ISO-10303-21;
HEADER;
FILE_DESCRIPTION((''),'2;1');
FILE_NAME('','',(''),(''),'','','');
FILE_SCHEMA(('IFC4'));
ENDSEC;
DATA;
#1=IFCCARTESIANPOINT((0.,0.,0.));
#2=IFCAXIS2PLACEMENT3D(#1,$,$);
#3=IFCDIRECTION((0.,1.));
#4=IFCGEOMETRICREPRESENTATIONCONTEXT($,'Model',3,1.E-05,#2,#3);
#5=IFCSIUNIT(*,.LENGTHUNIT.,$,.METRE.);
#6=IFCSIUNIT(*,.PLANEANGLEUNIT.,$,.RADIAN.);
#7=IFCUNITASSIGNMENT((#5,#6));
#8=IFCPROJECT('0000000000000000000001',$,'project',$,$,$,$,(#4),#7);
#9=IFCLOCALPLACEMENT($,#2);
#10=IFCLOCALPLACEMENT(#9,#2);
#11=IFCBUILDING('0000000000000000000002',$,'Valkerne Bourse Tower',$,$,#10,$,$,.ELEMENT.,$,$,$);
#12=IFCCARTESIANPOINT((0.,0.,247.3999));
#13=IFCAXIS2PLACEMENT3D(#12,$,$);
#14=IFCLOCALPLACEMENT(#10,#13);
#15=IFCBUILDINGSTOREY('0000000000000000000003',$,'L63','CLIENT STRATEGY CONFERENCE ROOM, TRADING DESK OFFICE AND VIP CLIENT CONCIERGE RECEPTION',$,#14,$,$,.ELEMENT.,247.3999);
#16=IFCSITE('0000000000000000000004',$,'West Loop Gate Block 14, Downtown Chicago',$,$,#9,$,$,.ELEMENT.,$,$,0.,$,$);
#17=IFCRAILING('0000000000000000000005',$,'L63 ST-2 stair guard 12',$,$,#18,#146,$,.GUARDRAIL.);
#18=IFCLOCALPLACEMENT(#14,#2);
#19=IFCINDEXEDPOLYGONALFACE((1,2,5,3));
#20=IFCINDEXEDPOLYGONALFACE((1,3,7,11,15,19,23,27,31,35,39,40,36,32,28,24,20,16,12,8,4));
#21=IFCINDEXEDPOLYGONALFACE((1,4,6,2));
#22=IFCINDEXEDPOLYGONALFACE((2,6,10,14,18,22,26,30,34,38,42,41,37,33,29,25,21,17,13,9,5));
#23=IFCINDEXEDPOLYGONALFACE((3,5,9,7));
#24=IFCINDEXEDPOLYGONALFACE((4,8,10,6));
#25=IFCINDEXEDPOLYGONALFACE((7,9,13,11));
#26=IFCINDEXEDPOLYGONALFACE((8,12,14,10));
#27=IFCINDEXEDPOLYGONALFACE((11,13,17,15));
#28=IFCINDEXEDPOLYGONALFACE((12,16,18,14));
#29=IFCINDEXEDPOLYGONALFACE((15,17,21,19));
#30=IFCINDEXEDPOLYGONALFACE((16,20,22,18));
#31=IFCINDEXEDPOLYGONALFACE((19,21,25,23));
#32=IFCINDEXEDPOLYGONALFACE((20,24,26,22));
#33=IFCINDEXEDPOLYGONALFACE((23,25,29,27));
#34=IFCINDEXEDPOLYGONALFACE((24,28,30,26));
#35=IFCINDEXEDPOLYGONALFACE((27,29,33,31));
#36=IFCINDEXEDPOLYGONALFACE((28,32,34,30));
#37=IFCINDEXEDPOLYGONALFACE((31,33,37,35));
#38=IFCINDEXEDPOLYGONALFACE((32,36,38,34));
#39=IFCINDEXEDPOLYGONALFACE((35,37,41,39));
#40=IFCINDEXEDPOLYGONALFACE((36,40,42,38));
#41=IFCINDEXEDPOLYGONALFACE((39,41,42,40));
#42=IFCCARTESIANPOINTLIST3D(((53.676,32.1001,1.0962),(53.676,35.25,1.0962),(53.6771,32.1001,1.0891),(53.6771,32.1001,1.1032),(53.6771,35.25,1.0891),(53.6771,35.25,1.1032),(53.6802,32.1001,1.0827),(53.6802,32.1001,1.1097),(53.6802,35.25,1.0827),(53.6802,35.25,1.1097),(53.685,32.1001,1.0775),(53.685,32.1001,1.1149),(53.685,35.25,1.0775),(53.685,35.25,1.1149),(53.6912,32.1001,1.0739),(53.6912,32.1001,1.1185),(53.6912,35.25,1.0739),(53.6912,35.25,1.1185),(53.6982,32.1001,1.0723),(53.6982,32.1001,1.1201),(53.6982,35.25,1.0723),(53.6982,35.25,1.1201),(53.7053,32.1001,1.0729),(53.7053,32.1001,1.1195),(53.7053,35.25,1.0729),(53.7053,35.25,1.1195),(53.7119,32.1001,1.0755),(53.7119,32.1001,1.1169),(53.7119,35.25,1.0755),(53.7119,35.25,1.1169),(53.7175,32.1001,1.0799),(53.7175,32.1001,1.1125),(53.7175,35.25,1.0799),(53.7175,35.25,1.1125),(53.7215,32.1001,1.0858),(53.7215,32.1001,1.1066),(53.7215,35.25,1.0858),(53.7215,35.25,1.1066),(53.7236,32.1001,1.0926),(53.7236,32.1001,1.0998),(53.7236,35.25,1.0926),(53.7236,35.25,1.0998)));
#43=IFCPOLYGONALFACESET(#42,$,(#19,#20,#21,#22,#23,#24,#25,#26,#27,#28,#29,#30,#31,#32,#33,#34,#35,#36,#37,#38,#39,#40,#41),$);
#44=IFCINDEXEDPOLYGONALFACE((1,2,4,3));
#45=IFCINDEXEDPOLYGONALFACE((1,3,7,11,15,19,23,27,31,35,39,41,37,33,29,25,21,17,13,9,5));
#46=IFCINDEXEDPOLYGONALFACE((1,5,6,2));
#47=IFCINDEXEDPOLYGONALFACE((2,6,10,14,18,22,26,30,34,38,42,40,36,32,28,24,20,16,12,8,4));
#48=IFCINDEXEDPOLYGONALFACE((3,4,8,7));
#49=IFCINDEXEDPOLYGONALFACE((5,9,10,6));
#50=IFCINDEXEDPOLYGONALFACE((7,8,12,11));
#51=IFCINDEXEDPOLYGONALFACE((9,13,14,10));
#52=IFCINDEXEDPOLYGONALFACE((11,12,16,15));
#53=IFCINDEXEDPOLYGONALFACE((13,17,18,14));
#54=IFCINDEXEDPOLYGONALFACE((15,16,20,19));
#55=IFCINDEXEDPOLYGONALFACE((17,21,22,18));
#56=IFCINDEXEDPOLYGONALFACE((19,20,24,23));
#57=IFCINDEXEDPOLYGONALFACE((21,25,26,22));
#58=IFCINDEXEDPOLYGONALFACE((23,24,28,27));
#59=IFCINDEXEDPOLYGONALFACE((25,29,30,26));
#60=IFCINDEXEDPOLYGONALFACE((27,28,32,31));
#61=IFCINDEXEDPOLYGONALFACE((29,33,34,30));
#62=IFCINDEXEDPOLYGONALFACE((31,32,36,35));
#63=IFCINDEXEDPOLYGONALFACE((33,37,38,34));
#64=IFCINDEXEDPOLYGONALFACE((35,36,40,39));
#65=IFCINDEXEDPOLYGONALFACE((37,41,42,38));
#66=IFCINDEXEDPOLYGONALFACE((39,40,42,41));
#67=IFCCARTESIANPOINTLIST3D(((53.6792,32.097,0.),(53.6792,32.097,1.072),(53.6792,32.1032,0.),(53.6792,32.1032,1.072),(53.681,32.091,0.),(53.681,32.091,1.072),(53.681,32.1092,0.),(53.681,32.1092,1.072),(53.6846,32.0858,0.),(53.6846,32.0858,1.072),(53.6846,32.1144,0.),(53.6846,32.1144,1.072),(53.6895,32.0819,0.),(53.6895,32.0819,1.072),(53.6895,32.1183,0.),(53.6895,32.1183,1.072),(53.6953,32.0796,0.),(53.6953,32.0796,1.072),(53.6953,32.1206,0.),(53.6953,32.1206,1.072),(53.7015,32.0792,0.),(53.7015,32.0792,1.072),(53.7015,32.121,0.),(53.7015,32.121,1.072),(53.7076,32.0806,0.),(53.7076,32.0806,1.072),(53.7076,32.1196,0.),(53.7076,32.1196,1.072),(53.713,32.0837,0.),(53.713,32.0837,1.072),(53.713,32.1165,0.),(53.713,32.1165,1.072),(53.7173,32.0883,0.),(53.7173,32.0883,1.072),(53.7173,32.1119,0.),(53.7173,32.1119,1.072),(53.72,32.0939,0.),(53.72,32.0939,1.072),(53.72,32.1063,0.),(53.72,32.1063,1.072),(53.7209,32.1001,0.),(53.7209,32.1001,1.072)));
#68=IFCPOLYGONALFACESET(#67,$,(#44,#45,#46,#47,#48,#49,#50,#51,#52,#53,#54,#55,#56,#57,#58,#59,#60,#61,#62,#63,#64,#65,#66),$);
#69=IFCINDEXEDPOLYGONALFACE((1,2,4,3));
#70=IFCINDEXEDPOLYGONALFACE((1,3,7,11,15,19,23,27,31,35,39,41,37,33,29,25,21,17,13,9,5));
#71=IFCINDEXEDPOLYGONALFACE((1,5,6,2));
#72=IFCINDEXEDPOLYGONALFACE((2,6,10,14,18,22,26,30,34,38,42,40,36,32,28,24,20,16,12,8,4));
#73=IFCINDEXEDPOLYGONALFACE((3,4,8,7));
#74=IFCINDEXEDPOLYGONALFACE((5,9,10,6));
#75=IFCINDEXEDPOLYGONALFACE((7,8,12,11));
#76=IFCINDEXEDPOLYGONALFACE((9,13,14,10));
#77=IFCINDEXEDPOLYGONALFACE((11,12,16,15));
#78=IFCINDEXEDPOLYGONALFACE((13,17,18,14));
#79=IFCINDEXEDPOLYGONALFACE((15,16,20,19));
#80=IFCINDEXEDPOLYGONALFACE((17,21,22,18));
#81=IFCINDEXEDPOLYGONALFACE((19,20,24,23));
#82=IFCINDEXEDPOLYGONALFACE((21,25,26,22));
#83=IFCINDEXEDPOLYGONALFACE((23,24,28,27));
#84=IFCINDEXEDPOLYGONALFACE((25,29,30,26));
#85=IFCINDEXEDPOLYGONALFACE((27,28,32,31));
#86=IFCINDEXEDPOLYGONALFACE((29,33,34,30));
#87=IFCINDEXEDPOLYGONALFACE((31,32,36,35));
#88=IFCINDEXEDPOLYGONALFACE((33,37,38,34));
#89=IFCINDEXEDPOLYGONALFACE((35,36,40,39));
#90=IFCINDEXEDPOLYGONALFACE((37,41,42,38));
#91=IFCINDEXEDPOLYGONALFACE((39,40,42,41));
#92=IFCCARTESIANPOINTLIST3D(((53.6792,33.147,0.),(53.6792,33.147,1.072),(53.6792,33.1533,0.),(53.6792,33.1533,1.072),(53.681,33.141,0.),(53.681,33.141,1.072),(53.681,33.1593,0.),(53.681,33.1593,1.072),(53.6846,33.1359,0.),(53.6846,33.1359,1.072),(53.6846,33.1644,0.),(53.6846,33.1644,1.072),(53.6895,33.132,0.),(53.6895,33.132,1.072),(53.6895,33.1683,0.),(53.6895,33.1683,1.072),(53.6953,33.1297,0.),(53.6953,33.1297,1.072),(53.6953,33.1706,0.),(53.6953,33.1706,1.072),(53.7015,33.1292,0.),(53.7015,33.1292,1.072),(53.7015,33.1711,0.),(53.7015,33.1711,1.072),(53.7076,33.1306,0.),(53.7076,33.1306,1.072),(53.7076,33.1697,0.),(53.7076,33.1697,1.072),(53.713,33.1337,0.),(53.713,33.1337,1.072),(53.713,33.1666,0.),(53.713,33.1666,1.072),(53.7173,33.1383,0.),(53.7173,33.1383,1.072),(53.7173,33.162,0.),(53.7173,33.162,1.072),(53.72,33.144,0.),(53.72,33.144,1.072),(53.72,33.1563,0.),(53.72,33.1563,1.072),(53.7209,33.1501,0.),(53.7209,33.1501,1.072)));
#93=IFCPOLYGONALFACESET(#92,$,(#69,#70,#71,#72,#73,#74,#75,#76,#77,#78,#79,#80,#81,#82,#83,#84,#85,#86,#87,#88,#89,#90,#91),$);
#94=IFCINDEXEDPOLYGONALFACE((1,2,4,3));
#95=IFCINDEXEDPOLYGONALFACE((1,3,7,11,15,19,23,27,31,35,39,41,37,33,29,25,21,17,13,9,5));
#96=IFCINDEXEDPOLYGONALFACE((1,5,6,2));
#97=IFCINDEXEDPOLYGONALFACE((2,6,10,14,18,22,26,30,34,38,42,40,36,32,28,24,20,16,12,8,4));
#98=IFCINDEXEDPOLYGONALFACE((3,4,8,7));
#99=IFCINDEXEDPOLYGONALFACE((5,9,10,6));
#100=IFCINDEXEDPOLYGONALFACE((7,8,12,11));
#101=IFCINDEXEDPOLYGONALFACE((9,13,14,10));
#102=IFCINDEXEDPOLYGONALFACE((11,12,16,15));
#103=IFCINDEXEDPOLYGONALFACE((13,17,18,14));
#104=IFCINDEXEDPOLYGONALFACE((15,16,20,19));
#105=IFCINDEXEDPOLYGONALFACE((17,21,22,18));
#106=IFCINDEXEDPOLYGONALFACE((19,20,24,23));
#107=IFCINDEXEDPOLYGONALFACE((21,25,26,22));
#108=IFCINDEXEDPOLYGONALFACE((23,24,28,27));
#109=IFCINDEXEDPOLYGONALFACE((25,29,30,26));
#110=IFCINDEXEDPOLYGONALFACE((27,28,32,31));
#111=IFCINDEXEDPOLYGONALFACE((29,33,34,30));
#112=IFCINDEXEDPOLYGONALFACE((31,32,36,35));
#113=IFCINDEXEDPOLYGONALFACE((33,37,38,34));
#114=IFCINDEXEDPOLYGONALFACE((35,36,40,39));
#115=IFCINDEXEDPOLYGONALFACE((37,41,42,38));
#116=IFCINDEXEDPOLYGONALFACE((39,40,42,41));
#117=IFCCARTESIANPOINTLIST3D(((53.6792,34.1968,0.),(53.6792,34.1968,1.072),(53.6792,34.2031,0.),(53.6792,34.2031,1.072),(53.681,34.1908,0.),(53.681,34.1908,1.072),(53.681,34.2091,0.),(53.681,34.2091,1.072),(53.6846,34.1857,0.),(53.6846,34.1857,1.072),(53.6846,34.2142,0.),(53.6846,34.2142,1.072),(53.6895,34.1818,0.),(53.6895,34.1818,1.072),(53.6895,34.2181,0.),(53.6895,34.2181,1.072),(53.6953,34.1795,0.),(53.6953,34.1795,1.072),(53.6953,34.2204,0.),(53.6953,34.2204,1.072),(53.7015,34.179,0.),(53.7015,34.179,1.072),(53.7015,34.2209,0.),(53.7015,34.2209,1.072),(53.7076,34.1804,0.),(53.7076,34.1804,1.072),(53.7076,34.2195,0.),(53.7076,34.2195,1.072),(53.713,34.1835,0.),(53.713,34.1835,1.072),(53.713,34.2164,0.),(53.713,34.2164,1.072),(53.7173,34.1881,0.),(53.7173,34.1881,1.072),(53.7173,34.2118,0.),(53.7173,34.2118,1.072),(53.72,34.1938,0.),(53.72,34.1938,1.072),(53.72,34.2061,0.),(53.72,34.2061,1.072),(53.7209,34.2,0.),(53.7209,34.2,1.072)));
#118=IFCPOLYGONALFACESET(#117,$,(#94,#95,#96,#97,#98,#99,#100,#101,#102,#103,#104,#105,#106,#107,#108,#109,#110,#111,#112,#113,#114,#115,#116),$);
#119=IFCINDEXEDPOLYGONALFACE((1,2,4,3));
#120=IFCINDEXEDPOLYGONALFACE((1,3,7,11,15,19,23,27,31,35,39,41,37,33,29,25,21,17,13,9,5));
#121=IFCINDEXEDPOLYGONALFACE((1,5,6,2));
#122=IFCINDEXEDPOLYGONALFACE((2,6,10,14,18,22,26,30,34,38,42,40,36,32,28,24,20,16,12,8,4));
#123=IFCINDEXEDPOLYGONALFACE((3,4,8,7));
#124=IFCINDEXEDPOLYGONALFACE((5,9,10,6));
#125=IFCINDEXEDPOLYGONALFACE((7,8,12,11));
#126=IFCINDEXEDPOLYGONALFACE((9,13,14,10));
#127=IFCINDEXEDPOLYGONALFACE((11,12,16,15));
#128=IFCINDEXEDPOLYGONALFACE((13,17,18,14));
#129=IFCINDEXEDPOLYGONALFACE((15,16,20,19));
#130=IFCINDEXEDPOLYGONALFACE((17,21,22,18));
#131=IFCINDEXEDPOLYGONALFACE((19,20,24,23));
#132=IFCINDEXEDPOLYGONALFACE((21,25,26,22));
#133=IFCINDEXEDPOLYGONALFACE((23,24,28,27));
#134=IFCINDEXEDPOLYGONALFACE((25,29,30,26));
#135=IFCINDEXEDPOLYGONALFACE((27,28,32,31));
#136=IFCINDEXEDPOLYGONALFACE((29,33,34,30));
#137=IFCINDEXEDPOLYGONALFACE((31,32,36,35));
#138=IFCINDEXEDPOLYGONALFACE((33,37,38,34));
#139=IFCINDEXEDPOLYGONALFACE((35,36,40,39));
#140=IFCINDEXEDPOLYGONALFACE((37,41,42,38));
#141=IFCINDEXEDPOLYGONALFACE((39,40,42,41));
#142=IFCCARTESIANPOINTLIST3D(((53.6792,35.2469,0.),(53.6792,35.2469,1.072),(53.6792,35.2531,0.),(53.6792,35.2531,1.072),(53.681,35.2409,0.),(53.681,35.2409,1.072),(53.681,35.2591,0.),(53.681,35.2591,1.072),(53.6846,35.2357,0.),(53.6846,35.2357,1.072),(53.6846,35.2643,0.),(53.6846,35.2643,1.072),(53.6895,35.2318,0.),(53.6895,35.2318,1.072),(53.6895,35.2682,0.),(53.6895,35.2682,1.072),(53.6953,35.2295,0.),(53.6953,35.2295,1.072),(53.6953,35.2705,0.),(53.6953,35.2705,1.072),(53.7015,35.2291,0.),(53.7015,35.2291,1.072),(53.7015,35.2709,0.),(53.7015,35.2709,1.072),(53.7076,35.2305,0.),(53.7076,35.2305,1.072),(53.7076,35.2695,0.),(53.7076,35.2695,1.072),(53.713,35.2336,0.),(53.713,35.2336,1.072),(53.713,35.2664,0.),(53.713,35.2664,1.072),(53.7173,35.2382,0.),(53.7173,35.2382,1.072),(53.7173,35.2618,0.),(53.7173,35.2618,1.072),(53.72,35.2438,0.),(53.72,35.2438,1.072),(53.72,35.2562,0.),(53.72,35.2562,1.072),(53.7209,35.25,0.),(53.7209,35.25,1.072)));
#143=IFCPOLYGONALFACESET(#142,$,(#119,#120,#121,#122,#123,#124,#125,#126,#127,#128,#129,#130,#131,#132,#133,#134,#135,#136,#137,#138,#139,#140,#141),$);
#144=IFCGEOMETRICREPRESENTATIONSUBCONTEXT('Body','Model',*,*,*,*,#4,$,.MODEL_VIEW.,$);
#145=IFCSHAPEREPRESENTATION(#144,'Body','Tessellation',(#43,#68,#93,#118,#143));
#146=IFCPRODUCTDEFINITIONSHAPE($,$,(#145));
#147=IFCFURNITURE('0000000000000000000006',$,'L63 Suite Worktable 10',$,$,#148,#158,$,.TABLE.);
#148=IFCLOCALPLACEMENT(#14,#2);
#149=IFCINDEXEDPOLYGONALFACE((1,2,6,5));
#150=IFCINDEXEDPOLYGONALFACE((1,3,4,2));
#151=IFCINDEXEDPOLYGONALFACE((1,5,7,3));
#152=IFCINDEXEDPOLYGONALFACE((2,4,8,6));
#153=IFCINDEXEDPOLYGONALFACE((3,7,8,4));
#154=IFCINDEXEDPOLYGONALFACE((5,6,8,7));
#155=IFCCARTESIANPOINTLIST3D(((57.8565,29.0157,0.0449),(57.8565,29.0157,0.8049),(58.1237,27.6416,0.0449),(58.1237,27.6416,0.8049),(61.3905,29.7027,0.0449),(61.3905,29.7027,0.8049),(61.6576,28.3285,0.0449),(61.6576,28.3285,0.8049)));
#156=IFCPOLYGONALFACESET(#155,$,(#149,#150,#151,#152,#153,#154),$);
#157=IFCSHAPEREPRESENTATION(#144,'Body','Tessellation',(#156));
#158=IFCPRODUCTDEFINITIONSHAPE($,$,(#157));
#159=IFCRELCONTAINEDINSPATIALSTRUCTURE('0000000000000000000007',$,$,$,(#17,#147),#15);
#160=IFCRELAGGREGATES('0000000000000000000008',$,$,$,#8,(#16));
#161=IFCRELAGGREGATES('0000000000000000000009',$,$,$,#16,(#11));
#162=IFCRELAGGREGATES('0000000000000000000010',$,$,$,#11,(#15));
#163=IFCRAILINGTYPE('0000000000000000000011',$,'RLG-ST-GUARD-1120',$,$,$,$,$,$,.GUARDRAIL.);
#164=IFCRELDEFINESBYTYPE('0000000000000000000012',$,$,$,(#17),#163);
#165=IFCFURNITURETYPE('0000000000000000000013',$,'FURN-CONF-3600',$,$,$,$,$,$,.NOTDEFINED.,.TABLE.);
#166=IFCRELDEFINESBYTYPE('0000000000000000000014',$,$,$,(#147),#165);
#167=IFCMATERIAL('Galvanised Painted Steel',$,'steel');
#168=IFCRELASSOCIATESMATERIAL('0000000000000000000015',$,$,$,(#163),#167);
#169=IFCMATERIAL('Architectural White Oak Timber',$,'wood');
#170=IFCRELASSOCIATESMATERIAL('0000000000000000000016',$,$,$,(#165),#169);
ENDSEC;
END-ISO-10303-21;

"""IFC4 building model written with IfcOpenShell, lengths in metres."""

from ifc_helpers import new_model, si_unit, direction, frame, origin, origin_2d, place, context, subcontext, project, spatial, rectangle, circle, extrude, material, type_object, element, save


model = new_model("IFC4")

# Units and contexts
model_context = context("Model", 3, precision=1e-05, world=origin(), true_north=direction((0.0, 1.0)))
body_context = subcontext(model_context, "Body", "Model", "MODEL_VIEW")
ifc_project = project(units=[si_unit("LENGTHUNIT", "METRE"), si_unit("PLANEANGLEUNIT", "RADIAN")], contexts=[model_context])

# Site, building, storey
site_placement = place(None, origin())
site = spatial("IfcSite", under=ifc_project, at=site_placement, Name="West Loop Gate Block 14, Downtown Chicago", CompositionType="ELEMENT", RefElevation=0.0)
building_placement = place(site_placement, origin())
building = spatial("IfcBuilding", under=site, at=building_placement, Name="Valkerne Bourse Tower", CompositionType="ELEMENT")
storey_placement = place(building_placement, frame((0.0, 0.0, 247.3999)))
storey = spatial("IfcBuildingStorey", under=building, at=storey_placement, Name="L63", Description="CLIENT STRATEGY CONFERENCE ROOM, TRADING DESK OFFICE AND VIP CLIENT CONCIERGE RECEPTION", CompositionType="ELEMENT", Elevation=247.3999)

# Railing
ifc_material_1 = material(Name="Galvanised Painted Steel", Category="steel")
railing_type = type_object("IfcRailingType", Name="RLG-ST-GUARD-1120", PredefinedType="GUARDRAIL", material=ifc_material_1)
railing_placement = place(storey_placement, frame((53.7, 32.1001, 0.0)))
element("IfcRailing", 1, at=railing_placement, inside=storey, type_object=railing_type, Name="L63 ST-2 stair guard 12", PredefinedType="GUARDRAIL", context=body_context, shape_type="SweptSolid", body=[
    extrude(circle(Radius=0.0239, at=origin_2d()), frame((0.0, 0.0, 1.0962), z_axis=(0.0, 1.0, 0.0), x_axis=(-1.0, 0.0, 0.0)), (0.0, 0.0, 1.0), 3.1499),
    extrude(circle(Radius=0.021, at=origin_2d()), origin(), (0.0, 0.0, 1.0), 1.072),
    extrude(circle(Radius=0.021, at=origin_2d()), frame((0.0, 1.05, 0.0)), (0.0, 0.0, 1.0), 1.072),
    extrude(circle(Radius=0.021, at=origin_2d()), frame((0.0, 2.0999, 0.0)), (0.0, 0.0, 1.0), 1.072),
    extrude(circle(Radius=0.021, at=origin_2d()), frame((0.0, 3.1499, 0.0)), (0.0, 0.0, 1.0), 1.072),
])

# Furniture
ifc_material_2 = material(Name="Architectural White Oak Timber", Category="wood")
furniture_type = type_object("IfcFurnitureType", Name="FURN-CONF-3600", AssemblyPlace="NOTDEFINED", PredefinedType="TABLE", material=ifc_material_2)
furniture_placement = place(storey_placement, frame((59.7571, 28.6721, 0.0449), z_axis=(0.0, 0.0, 1.0), x_axis=(0.981627, 0.190809, 0.0)))
element("IfcFurniture", 2, at=furniture_placement, inside=storey, type_object=furniture_type, Name="L63 Suite Worktable 10", PredefinedType="TABLE", context=body_context, shape_type="SweptSolid", body=[
    extrude(rectangle(XDim=3.6001, YDim=1.3999, at=origin_2d()), origin(), (0.0, 0.0, 1.0), 0.76),
])

save(model, "model.ifc")
